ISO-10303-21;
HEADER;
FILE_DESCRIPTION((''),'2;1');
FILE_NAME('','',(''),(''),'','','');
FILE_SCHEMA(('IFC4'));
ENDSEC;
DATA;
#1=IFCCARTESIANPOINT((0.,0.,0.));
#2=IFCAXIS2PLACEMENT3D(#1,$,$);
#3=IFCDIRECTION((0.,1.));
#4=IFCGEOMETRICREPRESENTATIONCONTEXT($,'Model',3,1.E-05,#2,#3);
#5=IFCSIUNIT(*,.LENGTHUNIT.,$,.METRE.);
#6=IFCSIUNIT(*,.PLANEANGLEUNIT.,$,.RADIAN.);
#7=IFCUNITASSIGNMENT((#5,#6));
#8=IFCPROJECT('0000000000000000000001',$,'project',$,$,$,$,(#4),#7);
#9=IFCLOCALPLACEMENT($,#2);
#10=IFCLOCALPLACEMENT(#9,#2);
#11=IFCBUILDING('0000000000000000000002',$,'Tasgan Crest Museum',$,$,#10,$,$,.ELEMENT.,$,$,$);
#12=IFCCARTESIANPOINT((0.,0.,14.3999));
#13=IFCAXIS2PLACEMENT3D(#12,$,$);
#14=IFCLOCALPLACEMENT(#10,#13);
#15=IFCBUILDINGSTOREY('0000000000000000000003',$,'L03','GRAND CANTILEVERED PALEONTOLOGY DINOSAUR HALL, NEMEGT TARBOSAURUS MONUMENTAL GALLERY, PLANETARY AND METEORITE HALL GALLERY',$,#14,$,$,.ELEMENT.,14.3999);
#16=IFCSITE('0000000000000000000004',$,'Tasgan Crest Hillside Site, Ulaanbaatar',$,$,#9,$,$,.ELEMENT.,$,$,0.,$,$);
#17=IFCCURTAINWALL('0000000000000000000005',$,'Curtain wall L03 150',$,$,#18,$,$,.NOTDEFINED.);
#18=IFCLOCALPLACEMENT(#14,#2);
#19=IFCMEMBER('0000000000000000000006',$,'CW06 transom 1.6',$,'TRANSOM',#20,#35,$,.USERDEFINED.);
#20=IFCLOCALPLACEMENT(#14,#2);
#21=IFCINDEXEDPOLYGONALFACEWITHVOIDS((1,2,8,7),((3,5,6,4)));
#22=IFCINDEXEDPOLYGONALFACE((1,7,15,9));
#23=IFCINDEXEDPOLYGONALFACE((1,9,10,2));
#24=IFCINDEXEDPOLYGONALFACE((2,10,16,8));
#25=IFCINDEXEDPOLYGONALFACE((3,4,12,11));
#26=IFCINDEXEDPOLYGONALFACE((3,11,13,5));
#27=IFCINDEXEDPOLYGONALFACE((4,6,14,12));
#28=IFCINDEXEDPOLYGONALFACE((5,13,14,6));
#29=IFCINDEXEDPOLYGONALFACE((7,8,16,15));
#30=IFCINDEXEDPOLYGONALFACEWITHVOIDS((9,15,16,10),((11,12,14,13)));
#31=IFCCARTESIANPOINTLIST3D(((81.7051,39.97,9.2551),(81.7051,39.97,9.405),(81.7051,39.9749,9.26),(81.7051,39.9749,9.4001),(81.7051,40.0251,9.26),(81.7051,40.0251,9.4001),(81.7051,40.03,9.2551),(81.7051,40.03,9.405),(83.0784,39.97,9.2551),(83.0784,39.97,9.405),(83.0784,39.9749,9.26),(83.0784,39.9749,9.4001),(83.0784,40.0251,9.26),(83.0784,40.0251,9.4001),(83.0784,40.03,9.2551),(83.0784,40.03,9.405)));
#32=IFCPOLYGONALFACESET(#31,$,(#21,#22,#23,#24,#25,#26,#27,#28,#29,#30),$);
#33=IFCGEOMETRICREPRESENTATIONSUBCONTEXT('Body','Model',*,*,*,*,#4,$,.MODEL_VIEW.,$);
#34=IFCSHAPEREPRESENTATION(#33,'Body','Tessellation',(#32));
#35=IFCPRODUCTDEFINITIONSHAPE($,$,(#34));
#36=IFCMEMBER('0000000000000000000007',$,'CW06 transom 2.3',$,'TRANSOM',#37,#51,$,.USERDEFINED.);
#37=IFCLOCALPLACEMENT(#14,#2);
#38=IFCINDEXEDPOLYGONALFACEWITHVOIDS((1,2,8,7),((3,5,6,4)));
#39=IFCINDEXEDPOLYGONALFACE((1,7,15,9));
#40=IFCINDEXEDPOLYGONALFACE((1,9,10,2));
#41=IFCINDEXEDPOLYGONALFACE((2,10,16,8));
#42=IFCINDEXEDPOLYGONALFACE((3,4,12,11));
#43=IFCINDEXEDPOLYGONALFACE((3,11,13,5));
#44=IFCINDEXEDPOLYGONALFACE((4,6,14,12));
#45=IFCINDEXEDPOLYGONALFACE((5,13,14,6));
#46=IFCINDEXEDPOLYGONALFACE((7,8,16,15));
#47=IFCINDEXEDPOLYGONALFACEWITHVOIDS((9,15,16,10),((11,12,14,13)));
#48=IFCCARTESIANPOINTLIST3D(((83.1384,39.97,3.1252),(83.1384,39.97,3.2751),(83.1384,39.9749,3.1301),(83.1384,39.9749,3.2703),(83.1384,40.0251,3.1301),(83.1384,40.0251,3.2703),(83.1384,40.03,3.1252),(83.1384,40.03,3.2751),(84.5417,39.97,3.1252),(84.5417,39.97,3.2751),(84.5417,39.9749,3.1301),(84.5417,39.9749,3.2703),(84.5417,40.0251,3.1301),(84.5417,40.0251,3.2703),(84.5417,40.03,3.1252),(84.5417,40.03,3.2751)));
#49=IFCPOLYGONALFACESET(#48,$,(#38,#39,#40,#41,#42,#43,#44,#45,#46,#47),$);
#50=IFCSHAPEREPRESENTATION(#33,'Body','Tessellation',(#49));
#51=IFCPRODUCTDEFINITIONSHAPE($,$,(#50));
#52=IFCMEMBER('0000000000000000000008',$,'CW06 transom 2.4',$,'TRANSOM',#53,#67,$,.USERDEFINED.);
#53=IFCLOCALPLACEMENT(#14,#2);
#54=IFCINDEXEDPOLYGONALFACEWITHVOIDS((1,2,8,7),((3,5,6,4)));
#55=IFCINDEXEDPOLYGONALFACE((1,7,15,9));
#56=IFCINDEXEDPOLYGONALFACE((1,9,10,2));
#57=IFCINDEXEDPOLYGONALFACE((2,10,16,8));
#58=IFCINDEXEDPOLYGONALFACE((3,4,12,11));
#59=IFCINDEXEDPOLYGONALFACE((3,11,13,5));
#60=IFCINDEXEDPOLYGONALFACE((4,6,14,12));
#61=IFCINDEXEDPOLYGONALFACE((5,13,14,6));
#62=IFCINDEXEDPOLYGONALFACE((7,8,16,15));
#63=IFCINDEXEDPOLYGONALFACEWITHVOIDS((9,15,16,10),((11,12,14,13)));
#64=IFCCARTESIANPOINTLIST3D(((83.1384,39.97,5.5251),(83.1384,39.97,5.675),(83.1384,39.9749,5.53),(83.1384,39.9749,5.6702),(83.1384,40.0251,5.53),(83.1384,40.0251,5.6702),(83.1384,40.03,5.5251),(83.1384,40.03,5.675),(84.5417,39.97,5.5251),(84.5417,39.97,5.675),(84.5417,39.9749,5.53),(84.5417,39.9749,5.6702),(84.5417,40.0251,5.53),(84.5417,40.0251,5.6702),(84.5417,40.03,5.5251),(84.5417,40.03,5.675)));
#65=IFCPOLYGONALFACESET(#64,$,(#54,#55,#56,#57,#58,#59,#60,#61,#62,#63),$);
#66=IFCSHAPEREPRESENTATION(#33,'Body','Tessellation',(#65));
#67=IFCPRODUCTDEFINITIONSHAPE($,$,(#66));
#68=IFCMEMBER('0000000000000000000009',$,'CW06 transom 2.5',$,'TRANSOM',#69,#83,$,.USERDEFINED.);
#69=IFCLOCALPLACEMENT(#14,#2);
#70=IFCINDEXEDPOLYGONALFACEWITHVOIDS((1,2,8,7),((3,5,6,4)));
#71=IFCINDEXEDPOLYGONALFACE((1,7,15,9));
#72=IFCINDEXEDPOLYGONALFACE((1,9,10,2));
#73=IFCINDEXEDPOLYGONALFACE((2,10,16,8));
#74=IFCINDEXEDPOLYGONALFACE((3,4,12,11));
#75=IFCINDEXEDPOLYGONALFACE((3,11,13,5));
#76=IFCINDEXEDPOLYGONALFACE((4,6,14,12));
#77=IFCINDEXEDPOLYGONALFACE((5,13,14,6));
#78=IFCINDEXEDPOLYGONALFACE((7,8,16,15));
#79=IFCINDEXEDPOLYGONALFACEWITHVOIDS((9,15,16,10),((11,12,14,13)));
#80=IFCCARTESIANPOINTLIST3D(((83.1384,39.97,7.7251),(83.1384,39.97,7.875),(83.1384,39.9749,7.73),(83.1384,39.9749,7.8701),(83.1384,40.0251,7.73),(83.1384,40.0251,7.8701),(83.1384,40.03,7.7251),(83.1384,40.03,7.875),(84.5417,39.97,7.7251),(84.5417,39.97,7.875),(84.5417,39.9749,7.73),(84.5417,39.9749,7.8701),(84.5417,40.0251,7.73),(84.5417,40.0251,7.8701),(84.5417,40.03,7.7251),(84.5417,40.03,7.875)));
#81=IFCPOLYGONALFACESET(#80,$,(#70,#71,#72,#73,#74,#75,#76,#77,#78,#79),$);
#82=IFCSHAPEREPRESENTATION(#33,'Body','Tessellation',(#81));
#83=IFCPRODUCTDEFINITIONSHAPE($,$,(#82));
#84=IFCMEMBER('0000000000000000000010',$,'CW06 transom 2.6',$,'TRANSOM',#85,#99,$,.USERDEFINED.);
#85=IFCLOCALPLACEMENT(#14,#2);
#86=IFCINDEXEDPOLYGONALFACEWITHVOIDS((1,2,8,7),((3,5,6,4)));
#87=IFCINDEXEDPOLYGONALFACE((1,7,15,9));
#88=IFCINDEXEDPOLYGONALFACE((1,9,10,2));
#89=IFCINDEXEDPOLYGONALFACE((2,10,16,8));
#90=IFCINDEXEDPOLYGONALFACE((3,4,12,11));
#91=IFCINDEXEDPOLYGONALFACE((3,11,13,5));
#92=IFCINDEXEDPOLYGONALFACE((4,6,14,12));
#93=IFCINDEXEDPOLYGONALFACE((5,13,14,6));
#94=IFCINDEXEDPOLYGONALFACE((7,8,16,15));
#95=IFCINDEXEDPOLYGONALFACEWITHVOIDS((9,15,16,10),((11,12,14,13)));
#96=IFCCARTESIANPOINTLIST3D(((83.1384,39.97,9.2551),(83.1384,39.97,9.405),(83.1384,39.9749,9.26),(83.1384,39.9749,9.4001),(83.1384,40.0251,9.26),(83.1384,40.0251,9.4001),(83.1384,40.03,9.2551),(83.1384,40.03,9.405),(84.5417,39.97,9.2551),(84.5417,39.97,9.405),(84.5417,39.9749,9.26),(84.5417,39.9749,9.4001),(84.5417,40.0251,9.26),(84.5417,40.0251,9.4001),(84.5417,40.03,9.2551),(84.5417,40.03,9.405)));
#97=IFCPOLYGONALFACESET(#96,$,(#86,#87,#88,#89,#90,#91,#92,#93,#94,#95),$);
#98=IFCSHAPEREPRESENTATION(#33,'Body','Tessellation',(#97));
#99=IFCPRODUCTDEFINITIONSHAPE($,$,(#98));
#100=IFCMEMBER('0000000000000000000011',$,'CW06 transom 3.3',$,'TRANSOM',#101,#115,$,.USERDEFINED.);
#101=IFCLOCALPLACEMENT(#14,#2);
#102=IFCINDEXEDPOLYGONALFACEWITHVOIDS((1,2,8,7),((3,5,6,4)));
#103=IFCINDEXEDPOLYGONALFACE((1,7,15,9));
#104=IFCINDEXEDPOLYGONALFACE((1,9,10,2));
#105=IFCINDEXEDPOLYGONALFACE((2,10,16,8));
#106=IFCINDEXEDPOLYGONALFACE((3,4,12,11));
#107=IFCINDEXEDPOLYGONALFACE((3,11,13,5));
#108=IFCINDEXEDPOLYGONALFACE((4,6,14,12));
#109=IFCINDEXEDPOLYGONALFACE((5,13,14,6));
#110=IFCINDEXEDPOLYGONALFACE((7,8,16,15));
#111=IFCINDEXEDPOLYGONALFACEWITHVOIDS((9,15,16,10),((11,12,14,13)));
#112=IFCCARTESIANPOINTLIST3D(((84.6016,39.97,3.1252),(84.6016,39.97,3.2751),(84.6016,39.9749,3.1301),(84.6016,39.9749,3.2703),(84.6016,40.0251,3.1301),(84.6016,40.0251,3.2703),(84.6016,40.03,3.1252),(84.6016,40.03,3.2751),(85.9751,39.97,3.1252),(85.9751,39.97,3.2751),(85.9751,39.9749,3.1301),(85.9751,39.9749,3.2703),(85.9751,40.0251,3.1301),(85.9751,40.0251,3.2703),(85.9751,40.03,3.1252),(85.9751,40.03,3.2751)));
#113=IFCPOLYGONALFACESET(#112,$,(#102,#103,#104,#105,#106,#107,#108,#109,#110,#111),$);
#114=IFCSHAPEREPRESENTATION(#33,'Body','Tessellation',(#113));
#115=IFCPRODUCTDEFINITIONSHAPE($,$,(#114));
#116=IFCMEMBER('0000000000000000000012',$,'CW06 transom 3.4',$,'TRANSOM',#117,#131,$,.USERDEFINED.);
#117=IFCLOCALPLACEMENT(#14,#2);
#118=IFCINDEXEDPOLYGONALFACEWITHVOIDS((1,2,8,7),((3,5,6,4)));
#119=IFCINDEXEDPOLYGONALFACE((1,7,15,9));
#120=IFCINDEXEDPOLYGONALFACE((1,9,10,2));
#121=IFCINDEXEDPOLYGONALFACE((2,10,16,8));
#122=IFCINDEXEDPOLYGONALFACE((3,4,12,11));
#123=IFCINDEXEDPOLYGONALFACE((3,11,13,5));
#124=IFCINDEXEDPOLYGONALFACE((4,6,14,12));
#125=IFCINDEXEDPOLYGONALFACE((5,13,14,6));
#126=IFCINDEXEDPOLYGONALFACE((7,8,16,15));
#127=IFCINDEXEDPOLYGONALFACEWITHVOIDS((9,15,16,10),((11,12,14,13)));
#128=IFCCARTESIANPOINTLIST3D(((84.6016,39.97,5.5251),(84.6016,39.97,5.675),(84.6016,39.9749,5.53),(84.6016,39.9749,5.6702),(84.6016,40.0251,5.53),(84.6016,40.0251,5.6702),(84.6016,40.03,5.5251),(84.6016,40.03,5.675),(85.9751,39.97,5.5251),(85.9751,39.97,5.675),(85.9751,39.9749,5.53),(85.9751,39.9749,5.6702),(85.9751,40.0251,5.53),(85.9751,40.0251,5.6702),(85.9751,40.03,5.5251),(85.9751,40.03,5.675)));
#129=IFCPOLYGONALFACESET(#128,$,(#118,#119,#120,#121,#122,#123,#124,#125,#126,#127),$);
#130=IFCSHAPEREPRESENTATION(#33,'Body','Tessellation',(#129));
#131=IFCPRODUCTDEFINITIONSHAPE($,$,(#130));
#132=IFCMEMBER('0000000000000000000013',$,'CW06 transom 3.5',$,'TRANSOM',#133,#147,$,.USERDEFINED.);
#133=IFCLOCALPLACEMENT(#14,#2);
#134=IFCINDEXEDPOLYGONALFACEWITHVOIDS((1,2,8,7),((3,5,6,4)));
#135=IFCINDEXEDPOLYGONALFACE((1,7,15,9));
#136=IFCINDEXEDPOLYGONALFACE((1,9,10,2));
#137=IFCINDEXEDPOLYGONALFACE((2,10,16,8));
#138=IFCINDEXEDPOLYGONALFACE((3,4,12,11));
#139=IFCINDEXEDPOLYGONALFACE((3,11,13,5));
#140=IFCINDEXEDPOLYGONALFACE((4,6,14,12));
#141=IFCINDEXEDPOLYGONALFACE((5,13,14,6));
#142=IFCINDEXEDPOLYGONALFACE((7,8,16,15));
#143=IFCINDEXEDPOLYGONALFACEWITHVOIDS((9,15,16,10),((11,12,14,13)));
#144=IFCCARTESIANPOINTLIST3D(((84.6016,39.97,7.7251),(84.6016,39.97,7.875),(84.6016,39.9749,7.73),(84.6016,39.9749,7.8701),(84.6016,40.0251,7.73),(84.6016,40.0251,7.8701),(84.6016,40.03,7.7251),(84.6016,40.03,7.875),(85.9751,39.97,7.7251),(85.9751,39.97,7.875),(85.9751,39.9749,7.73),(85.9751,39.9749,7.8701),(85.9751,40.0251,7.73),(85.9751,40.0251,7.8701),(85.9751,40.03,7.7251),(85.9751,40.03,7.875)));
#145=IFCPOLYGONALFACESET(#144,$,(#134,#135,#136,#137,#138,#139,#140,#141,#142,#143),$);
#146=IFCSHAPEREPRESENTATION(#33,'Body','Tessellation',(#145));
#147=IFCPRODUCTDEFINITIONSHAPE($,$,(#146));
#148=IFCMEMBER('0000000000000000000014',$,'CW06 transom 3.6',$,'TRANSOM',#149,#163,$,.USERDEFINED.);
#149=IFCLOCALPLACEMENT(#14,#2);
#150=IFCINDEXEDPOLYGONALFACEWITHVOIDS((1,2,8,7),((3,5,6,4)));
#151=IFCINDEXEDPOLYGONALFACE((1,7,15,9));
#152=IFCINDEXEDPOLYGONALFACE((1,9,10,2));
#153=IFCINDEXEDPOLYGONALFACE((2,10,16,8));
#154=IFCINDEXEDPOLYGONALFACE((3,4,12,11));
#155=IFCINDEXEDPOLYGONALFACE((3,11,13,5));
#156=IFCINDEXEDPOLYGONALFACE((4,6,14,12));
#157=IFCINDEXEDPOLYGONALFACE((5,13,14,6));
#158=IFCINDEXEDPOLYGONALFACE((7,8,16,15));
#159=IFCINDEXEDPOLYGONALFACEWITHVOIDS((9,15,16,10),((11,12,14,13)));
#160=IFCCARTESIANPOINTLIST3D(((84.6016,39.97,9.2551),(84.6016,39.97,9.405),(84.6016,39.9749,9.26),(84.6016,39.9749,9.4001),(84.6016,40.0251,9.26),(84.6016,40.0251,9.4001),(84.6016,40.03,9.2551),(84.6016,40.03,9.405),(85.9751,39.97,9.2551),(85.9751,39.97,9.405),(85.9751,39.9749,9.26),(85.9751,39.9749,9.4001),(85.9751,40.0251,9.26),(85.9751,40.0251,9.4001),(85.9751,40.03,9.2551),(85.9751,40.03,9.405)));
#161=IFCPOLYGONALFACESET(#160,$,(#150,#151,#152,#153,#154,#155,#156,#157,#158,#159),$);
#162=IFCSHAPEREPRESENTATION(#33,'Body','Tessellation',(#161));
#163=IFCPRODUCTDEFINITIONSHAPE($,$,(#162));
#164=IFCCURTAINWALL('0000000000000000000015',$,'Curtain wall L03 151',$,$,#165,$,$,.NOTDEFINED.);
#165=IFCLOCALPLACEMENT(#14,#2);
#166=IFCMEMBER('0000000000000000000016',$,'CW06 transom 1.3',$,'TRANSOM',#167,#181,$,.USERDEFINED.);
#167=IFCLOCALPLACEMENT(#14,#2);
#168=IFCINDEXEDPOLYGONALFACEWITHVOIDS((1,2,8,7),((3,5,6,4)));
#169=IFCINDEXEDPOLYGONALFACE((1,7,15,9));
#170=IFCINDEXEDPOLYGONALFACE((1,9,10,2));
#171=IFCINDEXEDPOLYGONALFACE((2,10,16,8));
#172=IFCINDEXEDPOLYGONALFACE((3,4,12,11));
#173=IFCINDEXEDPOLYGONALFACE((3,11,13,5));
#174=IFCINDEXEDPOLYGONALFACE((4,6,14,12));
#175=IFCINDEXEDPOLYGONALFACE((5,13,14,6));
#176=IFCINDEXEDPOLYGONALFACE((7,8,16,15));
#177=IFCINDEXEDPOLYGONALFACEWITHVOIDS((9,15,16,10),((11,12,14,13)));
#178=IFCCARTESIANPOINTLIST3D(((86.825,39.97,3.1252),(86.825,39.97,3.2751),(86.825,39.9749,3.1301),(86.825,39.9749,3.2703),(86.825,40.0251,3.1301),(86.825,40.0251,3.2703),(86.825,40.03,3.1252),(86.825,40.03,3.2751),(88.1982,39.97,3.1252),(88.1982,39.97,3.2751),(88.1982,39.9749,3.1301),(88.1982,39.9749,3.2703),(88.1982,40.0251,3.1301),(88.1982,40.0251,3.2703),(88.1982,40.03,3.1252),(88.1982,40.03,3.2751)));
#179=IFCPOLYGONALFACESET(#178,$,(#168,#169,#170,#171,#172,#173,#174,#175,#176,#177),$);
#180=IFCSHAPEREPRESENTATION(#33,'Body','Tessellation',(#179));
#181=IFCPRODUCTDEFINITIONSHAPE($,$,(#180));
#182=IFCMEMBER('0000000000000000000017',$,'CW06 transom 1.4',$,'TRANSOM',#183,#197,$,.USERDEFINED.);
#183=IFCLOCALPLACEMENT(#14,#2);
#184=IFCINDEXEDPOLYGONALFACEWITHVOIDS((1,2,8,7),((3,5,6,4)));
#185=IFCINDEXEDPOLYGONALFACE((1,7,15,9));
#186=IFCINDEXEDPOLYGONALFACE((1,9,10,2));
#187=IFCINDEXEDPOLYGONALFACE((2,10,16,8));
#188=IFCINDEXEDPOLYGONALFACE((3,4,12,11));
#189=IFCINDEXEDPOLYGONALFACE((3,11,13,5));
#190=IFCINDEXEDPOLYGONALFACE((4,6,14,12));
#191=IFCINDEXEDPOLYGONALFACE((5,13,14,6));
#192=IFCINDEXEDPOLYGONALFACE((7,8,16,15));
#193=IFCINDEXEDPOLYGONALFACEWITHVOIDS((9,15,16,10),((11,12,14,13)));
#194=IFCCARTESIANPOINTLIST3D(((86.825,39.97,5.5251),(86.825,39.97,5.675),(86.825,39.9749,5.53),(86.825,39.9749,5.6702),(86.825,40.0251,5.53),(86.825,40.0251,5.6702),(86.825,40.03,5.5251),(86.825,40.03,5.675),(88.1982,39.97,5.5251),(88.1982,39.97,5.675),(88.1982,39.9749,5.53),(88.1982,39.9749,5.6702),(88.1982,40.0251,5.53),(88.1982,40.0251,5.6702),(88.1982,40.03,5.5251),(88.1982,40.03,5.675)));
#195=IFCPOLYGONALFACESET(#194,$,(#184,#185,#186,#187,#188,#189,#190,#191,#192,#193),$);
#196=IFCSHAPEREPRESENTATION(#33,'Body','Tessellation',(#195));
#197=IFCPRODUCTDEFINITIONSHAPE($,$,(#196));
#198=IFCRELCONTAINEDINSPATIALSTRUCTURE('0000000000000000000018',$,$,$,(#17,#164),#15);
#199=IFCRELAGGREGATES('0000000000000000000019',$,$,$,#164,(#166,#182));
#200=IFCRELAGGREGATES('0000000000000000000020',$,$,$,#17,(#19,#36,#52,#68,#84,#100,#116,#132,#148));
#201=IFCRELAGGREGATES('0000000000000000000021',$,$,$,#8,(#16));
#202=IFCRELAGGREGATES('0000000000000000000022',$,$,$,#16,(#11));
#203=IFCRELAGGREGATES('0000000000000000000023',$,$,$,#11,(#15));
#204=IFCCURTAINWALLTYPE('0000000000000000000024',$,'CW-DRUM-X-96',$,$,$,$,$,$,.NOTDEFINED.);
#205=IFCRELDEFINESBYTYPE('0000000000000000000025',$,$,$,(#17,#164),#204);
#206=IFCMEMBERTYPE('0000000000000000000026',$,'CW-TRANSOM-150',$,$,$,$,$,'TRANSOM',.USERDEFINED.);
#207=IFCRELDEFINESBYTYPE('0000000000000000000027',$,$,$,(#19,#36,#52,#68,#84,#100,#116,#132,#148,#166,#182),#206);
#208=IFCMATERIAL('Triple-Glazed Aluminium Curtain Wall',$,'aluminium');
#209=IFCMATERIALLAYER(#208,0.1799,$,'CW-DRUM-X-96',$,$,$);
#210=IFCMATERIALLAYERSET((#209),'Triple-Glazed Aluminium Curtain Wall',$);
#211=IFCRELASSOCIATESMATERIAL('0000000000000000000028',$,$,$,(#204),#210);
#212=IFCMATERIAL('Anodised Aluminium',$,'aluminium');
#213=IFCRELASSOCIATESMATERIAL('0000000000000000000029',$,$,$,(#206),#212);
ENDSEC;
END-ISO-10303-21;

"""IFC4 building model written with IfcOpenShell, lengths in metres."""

from ifc_helpers import new_model, si_unit, direction, frame, origin, origin_2d, place, context, subcontext, project, spatial, hollow_rectangle, extrude, material, layer, layer_set, material_profile, profile_set, type_object, element, aggregate, save


model = new_model("IFC4")

# Units and contexts
model_context = context("Model", 3, precision=1e-05, world=origin(), true_north=direction((0.0, 1.0)))
body_context = subcontext(model_context, "Body", "Model", "MODEL_VIEW")
ifc_project = project(units=[si_unit("LENGTHUNIT", "METRE"), si_unit("PLANEANGLEUNIT", "RADIAN")], contexts=[model_context])

# Site, building, storey
site_placement = place(None, origin())
site = spatial("IfcSite", under=ifc_project, at=site_placement, Name="Tasgan Crest Hillside Site, Ulaanbaatar", CompositionType="ELEMENT", RefElevation=0.0)
building_placement = place(site_placement, origin())
building = spatial("IfcBuilding", under=site, at=building_placement, Name="Tasgan Crest Museum", CompositionType="ELEMENT")
storey_placement = place(building_placement, frame((0.0, 0.0, 14.3999)))
storey = spatial("IfcBuildingStorey", under=building, at=storey_placement, Name="L03", Description="GRAND CANTILEVERED PALEONTOLOGY DINOSAUR HALL, NEMEGT TARBOSAURUS MONUMENTAL GALLERY, PLANETARY AND METEORITE HALL GALLERY", CompositionType="ELEMENT", Elevation=14.3999)

# Curtain walls, members
ifc_material_1 = material(Name="Triple-Glazed Aluminium Curtain Wall", Category="aluminium")
ifc_layer_1 = layer(ifc_material_1, 0.1799, Name="CW-DRUM-X-96")
ifc_layer_set_1 = layer_set([ifc_layer_1], Name="Triple-Glazed Aluminium Curtain Wall")
curtain_wall_type = type_object("IfcCurtainWallType", Name="CW-DRUM-X-96", PredefinedType="NOTDEFINED", material=ifc_layer_set_1)
curtain_wall_1_placement = place(storey_placement, origin())
curtain_wall_1 = element("IfcCurtainWall", 1, at=curtain_wall_1_placement, inside=storey, type_object=curtain_wall_type, Name="Curtain wall L03 150", PredefinedType="NOTDEFINED")
ifc_material_2 = material(Name="Anodised Aluminium", Category="aluminium")
ifc_material_profile = material_profile(ifc_material_2, hollow_rectangle(XDim=0.0601, YDim=0.1499, WallThickness=0.0049, at=origin_2d()), Name="ALU TRANSOM 150x60x5")
ifc_profile_set = profile_set([ifc_material_profile], Name="Anodised Aluminium")
member_type = type_object("IfcMemberType", Name="CW-TRANSOM-150", ElementType="TRANSOM", PredefinedType="USERDEFINED", material=ifc_profile_set)
member_1_placement = place(storey_placement, frame((81.7051, 40.0, 9.3301), z_axis=(1.0, 0.0, 0.0), x_axis=(0.0, 1.0, 0.0)))
member_1 = element("IfcMember", 2, at=member_1_placement, type_object=member_type, Name="CW06 transom 1.6", ObjectType="TRANSOM", PredefinedType="USERDEFINED", context=body_context, shape_type="SweptSolid", body=[
    extrude(hollow_rectangle(XDim=0.0601, YDim=0.1499, WallThickness=0.0049, at=origin_2d()), origin(), (0.0, 0.0, 1.0), 1.3733),
])
member_2_placement = place(storey_placement, frame((83.1384, 40.0, 3.2002), z_axis=(1.0, 0.0, 0.0), x_axis=(0.0, 1.0, 0.0)))
member_2 = element("IfcMember", 3, at=member_2_placement, type_object=member_type, Name="CW06 transom 2.3", ObjectType="TRANSOM", PredefinedType="USERDEFINED", context=body_context, shape_type="SweptSolid", body=[
    extrude(hollow_rectangle(XDim=0.0601, YDim=0.1499, WallThickness=0.0049, at=origin_2d()), origin(), (0.0, 0.0, 1.0), 1.4033),
])
member_3_placement = place(storey_placement, frame((83.1384, 40.0, 5.6001), z_axis=(1.0, 0.0, 0.0), x_axis=(0.0, 1.0, 0.0)))
member_3 = element("IfcMember", 4, at=member_3_placement, type_object=member_type, Name="CW06 transom 2.4", ObjectType="TRANSOM", PredefinedType="USERDEFINED", context=body_context, shape_type="SweptSolid", body=[
    extrude(hollow_rectangle(XDim=0.0601, YDim=0.1499, WallThickness=0.0049, at=origin_2d()), origin(), (0.0, 0.0, 1.0), 1.4033),
])
member_4_placement = place(storey_placement, frame((83.1384, 40.0, 7.8), z_axis=(1.0, 0.0, 0.0), x_axis=(0.0, 1.0, 0.0)))
member_4 = element("IfcMember", 5, at=member_4_placement, type_object=member_type, Name="CW06 transom 2.5", ObjectType="TRANSOM", PredefinedType="USERDEFINED", context=body_context, shape_type="SweptSolid", body=[
    extrude(hollow_rectangle(XDim=0.0601, YDim=0.1499, WallThickness=0.0049, at=origin_2d()), origin(), (0.0, 0.0, 1.0), 1.4033),
])
member_5_placement = place(storey_placement, frame((83.1384, 40.0, 9.3301), z_axis=(1.0, 0.0, 0.0), x_axis=(0.0, 1.0, 0.0)))
member_5 = element("IfcMember", 6, at=member_5_placement, type_object=member_type, Name="CW06 transom 2.6", ObjectType="TRANSOM", PredefinedType="USERDEFINED", context=body_context, shape_type="SweptSolid", body=[
    extrude(hollow_rectangle(XDim=0.0601, YDim=0.1499, WallThickness=0.0049, at=origin_2d()), origin(), (0.0, 0.0, 1.0), 1.4033),
])
member_6_placement = place(storey_placement, frame((84.6016, 40.0, 3.2002), z_axis=(1.0, 0.0, 0.0), x_axis=(0.0, 1.0, 0.0)))
member_6 = element("IfcMember", 7, at=member_6_placement, type_object=member_type, Name="CW06 transom 3.3", ObjectType="TRANSOM", PredefinedType="USERDEFINED", context=body_context, shape_type="SweptSolid", body=[
    extrude(hollow_rectangle(XDim=0.0601, YDim=0.1499, WallThickness=0.0049, at=origin_2d()), origin(), (0.0, 0.0, 1.0), 1.3735),
])
member_7_placement = place(storey_placement, frame((84.6016, 40.0, 5.6001), z_axis=(1.0, 0.0, 0.0), x_axis=(0.0, 1.0, 0.0)))
member_7 = element("IfcMember", 8, at=member_7_placement, type_object=member_type, Name="CW06 transom 3.4", ObjectType="TRANSOM", PredefinedType="USERDEFINED", context=body_context, shape_type="SweptSolid", body=[
    extrude(hollow_rectangle(XDim=0.0601, YDim=0.1499, WallThickness=0.0049, at=origin_2d()), origin(), (0.0, 0.0, 1.0), 1.3735),
])
member_8_placement = place(storey_placement, frame((84.6016, 40.0, 7.8), z_axis=(1.0, 0.0, 0.0), x_axis=(0.0, 1.0, 0.0)))
member_8 = element("IfcMember", 9, at=member_8_placement, type_object=member_type, Name="CW06 transom 3.5", ObjectType="TRANSOM", PredefinedType="USERDEFINED", context=body_context, shape_type="SweptSolid", body=[
    extrude(hollow_rectangle(XDim=0.0601, YDim=0.1499, WallThickness=0.0049, at=origin_2d()), origin(), (0.0, 0.0, 1.0), 1.3735),
])
member_9_placement = place(storey_placement, frame((84.6016, 40.0, 9.3301), z_axis=(1.0, 0.0, 0.0), x_axis=(0.0, 1.0, 0.0)))
member_9 = element("IfcMember", 10, at=member_9_placement, type_object=member_type, Name="CW06 transom 3.6", ObjectType="TRANSOM", PredefinedType="USERDEFINED", context=body_context, shape_type="SweptSolid", body=[
    extrude(hollow_rectangle(XDim=0.0601, YDim=0.1499, WallThickness=0.0049, at=origin_2d()), origin(), (0.0, 0.0, 1.0), 1.3735),
])
curtain_wall_2_placement = place(storey_placement, origin())
curtain_wall_2 = element("IfcCurtainWall", 11, at=curtain_wall_2_placement, inside=storey, type_object=curtain_wall_type, Name="Curtain wall L03 151", PredefinedType="NOTDEFINED")
member_10_placement = place(storey_placement, frame((86.825, 40.0, 3.2002), z_axis=(1.0, 0.0, 0.0), x_axis=(0.0, 1.0, 0.0)))
member_10 = element("IfcMember", 12, at=member_10_placement, type_object=member_type, Name="CW06 transom 1.3", ObjectType="TRANSOM", PredefinedType="USERDEFINED", context=body_context, shape_type="SweptSolid", body=[
    extrude(hollow_rectangle(XDim=0.0601, YDim=0.1499, WallThickness=0.0049, at=origin_2d()), origin(), (0.0, 0.0, 1.0), 1.3733),
])
member_11_placement = place(storey_placement, frame((86.825, 40.0, 5.6001), z_axis=(1.0, 0.0, 0.0), x_axis=(0.0, 1.0, 0.0)))
member_11 = element("IfcMember", 13, at=member_11_placement, type_object=member_type, Name="CW06 transom 1.4", ObjectType="TRANSOM", PredefinedType="USERDEFINED", context=body_context, shape_type="SweptSolid", body=[
    extrude(hollow_rectangle(XDim=0.0601, YDim=0.1499, WallThickness=0.0049, at=origin_2d()), origin(), (0.0, 0.0, 1.0), 1.3733),
])
aggregate(curtain_wall_2, [member_10, member_11])

aggregate(curtain_wall_1, [member_1, member_2, member_3, member_4, member_5, member_6, member_7, member_8, member_9])

save(model, "model.ifc")
